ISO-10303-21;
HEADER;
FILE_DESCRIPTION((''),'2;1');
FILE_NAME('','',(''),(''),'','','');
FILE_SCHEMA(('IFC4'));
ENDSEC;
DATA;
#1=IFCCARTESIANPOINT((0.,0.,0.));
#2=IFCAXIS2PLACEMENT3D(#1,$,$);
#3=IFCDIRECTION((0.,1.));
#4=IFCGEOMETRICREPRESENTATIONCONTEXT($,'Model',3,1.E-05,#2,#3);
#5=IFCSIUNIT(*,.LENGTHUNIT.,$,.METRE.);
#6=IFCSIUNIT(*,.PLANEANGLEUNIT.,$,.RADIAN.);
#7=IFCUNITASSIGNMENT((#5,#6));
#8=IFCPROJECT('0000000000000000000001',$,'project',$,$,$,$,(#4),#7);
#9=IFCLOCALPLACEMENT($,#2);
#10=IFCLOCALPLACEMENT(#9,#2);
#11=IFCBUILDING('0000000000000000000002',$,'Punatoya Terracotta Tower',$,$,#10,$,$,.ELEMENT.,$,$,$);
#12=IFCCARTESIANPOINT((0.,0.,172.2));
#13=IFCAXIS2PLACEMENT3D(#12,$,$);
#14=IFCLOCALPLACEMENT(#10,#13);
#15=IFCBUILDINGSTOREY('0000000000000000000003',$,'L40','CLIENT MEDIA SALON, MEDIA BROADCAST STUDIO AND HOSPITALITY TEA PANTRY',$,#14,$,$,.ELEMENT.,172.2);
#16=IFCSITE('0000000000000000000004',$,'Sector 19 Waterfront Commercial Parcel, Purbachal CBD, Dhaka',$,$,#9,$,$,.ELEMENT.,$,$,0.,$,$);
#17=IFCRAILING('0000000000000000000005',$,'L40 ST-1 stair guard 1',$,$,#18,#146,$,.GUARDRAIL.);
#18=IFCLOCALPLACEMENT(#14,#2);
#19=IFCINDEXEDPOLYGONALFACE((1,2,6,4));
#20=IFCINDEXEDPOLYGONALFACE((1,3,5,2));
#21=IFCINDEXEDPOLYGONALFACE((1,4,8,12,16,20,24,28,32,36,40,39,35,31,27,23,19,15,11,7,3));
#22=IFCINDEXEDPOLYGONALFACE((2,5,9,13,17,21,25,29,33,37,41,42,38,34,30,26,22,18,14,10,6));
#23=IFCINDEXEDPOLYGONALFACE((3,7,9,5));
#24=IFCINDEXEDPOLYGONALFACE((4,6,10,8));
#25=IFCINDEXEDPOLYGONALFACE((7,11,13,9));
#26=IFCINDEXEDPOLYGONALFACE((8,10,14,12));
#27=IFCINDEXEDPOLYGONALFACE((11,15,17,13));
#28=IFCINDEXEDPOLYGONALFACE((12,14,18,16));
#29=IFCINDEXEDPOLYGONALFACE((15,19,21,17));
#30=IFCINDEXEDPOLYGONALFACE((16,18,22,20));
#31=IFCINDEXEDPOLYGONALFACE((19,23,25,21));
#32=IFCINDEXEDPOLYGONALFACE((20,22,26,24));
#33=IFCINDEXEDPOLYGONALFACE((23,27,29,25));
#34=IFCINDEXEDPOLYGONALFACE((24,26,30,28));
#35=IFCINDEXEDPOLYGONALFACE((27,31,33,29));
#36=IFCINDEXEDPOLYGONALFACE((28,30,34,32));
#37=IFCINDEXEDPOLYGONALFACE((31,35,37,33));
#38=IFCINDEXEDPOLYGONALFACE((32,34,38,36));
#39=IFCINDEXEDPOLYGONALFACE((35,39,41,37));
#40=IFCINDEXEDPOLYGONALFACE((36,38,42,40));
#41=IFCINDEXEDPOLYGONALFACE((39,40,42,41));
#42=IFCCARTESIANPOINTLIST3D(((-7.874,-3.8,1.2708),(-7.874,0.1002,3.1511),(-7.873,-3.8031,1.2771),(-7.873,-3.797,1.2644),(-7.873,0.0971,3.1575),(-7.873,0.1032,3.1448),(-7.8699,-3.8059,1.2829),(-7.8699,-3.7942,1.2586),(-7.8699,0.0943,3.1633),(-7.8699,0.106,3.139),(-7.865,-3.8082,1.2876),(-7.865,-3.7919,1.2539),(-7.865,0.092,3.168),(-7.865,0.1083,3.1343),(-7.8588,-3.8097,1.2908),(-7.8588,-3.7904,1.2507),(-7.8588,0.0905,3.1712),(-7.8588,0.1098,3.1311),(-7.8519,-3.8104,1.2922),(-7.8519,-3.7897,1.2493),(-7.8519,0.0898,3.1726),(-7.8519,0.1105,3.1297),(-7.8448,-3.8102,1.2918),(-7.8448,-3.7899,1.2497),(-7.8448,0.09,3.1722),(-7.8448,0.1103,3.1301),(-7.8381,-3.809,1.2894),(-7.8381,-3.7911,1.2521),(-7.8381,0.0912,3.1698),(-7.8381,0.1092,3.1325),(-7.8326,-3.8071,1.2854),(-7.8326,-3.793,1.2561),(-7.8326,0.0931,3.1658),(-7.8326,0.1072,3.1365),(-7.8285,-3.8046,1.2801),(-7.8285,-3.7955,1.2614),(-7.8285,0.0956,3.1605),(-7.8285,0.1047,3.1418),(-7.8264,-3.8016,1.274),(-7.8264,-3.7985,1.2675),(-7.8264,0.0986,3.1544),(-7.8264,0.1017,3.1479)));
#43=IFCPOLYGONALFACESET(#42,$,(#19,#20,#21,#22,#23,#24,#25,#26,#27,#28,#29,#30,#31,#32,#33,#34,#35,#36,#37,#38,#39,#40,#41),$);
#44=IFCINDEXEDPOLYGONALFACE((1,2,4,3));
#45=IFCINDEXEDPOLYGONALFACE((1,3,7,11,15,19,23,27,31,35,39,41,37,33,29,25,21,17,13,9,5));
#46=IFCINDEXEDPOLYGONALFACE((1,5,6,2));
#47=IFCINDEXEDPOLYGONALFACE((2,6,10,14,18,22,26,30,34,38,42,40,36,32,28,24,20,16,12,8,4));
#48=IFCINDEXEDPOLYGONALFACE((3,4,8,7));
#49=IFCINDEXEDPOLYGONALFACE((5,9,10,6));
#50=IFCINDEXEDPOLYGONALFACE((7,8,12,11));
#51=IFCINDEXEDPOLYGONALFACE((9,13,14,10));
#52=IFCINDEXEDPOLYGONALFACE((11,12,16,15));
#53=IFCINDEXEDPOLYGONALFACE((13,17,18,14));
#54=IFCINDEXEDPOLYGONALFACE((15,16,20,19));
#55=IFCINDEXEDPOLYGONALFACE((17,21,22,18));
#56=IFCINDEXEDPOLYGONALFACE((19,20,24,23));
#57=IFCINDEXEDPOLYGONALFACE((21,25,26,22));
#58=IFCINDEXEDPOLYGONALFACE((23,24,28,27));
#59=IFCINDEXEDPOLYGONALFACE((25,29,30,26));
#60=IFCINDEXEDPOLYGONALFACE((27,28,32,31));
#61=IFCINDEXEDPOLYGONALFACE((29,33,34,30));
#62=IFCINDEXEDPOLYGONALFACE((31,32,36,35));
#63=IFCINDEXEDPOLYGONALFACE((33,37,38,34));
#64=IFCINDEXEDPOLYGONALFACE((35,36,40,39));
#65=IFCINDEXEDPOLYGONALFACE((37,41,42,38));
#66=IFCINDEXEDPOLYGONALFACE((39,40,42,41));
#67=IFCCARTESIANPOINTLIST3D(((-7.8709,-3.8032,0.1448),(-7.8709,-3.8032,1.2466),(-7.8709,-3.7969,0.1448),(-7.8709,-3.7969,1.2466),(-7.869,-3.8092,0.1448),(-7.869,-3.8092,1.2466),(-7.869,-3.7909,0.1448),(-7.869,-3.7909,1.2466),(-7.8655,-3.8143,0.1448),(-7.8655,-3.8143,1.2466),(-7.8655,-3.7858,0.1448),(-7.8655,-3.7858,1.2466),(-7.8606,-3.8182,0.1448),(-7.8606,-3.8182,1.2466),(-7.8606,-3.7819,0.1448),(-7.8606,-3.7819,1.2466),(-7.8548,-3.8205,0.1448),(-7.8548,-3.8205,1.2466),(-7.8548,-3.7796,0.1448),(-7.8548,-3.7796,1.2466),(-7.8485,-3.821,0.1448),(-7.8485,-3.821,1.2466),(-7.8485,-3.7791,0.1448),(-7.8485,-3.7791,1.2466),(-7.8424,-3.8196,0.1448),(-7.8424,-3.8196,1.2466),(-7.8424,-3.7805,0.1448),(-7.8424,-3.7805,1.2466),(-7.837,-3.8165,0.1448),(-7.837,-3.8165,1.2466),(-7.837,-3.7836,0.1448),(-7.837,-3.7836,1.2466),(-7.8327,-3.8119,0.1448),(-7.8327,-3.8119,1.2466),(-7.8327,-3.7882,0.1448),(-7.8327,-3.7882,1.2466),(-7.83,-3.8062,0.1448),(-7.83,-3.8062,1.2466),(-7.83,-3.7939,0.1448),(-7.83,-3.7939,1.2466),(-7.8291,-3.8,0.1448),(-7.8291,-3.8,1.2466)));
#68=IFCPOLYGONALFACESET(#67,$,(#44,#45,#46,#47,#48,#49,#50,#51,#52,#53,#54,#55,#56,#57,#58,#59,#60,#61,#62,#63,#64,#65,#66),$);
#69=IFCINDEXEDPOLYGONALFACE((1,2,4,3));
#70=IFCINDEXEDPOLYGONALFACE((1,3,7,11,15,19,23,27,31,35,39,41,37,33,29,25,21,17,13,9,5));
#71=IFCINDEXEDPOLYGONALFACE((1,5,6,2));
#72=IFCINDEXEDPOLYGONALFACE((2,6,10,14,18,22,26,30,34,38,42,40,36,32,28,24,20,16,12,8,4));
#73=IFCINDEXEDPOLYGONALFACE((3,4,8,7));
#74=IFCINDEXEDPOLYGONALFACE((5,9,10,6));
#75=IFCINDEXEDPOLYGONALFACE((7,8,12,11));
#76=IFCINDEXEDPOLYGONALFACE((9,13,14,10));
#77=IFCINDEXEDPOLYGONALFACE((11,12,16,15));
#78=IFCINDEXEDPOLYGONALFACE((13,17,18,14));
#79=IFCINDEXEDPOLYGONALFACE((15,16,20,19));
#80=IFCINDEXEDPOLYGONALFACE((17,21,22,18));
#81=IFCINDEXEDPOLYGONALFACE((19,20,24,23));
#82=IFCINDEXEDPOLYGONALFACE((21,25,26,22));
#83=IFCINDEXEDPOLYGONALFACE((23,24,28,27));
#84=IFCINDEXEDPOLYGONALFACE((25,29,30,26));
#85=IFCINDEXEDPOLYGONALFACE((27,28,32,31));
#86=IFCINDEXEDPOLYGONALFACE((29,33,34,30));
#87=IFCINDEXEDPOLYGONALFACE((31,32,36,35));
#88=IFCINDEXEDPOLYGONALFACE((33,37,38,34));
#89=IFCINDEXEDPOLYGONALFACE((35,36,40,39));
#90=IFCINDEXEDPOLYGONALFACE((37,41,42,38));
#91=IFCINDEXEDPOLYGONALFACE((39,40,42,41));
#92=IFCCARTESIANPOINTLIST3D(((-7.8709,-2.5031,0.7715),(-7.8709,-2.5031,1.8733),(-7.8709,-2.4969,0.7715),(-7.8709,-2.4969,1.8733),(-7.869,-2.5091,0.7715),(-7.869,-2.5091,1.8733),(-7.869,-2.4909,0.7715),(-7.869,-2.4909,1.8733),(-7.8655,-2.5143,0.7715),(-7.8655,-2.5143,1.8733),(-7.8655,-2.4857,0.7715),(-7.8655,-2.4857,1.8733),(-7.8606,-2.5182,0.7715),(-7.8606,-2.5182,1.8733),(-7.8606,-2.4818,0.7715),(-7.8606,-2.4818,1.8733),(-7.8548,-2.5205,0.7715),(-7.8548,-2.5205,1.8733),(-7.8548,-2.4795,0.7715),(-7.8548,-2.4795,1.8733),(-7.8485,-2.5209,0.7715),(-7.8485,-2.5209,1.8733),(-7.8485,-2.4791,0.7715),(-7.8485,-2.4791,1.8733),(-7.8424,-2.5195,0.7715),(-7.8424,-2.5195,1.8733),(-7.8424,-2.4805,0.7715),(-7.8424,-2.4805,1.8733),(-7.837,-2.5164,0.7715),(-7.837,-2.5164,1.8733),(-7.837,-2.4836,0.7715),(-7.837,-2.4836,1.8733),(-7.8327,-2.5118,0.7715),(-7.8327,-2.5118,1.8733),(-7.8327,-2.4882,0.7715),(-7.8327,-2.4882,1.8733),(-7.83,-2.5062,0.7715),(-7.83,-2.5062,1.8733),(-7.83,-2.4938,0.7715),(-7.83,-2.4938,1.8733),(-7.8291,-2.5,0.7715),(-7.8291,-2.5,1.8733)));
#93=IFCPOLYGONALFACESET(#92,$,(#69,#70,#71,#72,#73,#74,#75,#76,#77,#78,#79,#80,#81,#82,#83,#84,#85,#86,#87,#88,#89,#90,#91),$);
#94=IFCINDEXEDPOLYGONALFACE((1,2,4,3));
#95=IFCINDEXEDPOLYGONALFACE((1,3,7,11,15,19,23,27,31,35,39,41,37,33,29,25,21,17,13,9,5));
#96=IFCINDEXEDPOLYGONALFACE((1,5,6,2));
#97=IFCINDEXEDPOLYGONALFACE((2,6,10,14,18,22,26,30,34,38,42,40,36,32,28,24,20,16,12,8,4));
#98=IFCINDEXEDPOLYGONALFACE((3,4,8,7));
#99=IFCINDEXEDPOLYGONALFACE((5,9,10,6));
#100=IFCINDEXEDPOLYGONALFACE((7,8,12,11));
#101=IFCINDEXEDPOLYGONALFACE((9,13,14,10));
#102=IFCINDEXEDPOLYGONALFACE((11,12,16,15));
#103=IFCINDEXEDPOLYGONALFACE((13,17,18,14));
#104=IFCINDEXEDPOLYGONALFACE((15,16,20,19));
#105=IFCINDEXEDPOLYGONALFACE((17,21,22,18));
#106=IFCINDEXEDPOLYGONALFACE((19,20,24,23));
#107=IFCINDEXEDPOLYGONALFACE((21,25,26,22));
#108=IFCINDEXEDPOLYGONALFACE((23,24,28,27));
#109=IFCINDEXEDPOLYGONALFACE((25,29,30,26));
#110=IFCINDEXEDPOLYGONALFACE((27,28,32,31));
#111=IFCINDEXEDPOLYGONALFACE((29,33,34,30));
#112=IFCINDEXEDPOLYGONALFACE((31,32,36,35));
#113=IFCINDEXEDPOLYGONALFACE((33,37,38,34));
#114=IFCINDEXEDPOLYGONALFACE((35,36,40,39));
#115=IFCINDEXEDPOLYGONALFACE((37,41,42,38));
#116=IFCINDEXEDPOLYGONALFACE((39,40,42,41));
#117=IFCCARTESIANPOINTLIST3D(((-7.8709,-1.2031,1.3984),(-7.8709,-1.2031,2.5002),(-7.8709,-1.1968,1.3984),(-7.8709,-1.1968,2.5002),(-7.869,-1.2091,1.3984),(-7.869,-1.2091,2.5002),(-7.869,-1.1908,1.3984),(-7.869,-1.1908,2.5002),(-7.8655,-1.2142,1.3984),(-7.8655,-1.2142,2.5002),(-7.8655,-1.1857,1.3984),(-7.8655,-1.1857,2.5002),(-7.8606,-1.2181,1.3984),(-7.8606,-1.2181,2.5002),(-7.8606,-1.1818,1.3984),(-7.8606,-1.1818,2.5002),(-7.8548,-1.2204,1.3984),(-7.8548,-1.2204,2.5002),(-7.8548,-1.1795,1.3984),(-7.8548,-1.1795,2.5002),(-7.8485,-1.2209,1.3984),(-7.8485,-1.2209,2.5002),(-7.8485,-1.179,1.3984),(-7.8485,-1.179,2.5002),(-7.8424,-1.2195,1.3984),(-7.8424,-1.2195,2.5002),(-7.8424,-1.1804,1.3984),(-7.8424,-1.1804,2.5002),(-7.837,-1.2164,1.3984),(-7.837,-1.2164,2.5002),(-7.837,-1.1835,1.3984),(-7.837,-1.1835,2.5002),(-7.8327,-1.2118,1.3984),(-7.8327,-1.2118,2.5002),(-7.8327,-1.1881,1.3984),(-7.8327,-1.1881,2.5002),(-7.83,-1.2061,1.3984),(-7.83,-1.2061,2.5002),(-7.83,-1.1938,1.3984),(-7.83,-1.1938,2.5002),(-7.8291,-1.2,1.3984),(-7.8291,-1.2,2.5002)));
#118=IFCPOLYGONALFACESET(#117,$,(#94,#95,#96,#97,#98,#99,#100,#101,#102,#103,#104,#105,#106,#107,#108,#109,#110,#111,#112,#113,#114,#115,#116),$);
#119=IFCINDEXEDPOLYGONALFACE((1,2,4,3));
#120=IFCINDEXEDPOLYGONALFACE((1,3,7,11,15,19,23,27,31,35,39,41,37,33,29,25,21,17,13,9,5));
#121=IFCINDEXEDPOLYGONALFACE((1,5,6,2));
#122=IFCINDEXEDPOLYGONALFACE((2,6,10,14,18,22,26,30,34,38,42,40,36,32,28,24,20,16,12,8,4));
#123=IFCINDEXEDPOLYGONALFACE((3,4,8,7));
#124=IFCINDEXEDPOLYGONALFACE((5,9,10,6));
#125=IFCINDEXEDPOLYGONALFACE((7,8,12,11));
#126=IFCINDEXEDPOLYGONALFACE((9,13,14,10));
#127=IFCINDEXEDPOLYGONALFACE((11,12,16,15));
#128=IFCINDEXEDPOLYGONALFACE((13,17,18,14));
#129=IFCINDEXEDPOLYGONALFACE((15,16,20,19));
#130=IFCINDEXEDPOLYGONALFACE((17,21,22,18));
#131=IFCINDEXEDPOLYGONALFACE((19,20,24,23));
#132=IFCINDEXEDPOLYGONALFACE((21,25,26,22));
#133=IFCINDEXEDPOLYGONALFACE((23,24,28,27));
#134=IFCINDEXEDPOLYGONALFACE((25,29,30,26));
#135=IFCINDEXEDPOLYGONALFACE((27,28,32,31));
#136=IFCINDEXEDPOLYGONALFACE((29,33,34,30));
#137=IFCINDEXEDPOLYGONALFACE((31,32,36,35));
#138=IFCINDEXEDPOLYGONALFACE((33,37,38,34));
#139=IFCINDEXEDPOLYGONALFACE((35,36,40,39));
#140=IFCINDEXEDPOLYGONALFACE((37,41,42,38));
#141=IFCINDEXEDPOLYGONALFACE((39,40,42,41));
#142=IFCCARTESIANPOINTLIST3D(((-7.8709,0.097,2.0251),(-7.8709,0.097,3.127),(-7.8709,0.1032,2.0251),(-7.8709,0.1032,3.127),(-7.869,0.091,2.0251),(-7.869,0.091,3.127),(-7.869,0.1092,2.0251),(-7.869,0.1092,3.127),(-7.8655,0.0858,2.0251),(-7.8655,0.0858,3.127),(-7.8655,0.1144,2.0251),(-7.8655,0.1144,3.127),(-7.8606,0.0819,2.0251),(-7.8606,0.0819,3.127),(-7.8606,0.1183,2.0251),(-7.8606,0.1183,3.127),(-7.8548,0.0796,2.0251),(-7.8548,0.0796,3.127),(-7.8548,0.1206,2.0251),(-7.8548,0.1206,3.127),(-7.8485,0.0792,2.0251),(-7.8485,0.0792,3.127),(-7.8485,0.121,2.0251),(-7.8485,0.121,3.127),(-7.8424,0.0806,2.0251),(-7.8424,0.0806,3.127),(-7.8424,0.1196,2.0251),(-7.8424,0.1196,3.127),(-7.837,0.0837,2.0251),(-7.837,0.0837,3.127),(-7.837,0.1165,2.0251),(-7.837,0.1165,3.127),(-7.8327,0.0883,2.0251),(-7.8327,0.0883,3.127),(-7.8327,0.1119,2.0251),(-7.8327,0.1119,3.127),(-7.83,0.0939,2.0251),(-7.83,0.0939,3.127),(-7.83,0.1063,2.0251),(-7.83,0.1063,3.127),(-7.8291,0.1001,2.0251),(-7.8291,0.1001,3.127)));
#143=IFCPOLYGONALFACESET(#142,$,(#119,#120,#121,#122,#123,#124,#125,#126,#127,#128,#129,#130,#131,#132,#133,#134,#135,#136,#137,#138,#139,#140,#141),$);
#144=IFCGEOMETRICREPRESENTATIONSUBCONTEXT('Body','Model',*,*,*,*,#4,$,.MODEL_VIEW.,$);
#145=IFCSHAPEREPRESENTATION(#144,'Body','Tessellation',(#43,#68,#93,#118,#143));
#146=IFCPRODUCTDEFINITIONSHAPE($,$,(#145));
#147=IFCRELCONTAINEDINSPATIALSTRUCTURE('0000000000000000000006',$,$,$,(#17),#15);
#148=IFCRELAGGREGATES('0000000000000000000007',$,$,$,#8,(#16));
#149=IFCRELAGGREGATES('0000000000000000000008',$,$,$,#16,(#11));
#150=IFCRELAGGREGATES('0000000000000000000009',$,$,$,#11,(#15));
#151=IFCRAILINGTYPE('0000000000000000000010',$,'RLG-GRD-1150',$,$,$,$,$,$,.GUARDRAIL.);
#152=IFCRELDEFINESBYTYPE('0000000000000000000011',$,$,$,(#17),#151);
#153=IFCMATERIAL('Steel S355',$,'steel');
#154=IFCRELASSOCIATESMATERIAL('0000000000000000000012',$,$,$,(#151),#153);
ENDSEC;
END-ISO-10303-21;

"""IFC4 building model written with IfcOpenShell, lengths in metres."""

from ifc_helpers import new_model, si_unit, direction, frame, origin, origin_2d, place, context, subcontext, project, spatial, circle, extrude, material, type_object, element, save


model = new_model("IFC4")

# Units and contexts
model_context = context("Model", 3, precision=1e-05, world=origin(), true_north=direction((0.0, 1.0)))
body_context = subcontext(model_context, "Body", "Model", "MODEL_VIEW")
ifc_project = project(units=[si_unit("LENGTHUNIT", "METRE"), si_unit("PLANEANGLEUNIT", "RADIAN")], contexts=[model_context])

# Site, building, storey
site_placement = place(None, origin())
site = spatial("IfcSite", under=ifc_project, at=site_placement, Name="Sector 19 Waterfront Commercial Parcel, Purbachal CBD, Dhaka", CompositionType="ELEMENT", RefElevation=0.0)
building_placement = place(site_placement, origin())
building = spatial("IfcBuilding", under=site, at=building_placement, Name="Punatoya Terracotta Tower", CompositionType="ELEMENT")
storey_placement = place(building_placement, frame((0.0, 0.0, 172.2)))
storey = spatial("IfcBuildingStorey", under=building, at=storey_placement, Name="L40", Description="CLIENT MEDIA SALON, MEDIA BROADCAST STUDIO AND HOSPITALITY TEA PANTRY", CompositionType="ELEMENT", Elevation=172.2)

# Shared definitions
ifc_material_1 = material(Name="Steel S355", Category="steel")

# Railing
railing_type_1 = type_object("IfcRailingType", Name="RLG-GRD-1150", PredefinedType="GUARDRAIL", material=ifc_material_1)
railing_1_placement = place(storey_placement, frame((-7.8501, -3.8, 0.1448)))
element("IfcRailing", 1, at=railing_1_placement, inside=storey, type_object=railing_type_1, Name="L40 ST-1 stair guard 1", PredefinedType="GUARDRAIL", context=body_context, shape_type="SweptSolid", body=[
    extrude(circle(Radius=0.0239, at=origin_2d()), frame((0.0, 0.0, 1.126), z_axis=(0.0, 0.900774, 0.434289), x_axis=(-1.0, 0.0, 0.0)), (0.0, 0.0, 1.0), 4.3298),
    extrude(circle(Radius=0.021, at=origin_2d()), origin(), (0.0, 0.0, 1.0), 1.1018),
    extrude(circle(Radius=0.021, at=origin_2d()), frame((0.0, 1.3, 0.6267)), (0.0, 0.0, 1.0), 1.1018),
    extrude(circle(Radius=0.021, at=origin_2d()), frame((0.0, 2.6001, 1.2537)), (0.0, 0.0, 1.0), 1.1018),
    extrude(circle(Radius=0.021, at=origin_2d()), frame((0.0, 3.9001, 1.8804)), (0.0, 0.0, 1.0), 1.1018),
])

save(model, "model.ifc")
